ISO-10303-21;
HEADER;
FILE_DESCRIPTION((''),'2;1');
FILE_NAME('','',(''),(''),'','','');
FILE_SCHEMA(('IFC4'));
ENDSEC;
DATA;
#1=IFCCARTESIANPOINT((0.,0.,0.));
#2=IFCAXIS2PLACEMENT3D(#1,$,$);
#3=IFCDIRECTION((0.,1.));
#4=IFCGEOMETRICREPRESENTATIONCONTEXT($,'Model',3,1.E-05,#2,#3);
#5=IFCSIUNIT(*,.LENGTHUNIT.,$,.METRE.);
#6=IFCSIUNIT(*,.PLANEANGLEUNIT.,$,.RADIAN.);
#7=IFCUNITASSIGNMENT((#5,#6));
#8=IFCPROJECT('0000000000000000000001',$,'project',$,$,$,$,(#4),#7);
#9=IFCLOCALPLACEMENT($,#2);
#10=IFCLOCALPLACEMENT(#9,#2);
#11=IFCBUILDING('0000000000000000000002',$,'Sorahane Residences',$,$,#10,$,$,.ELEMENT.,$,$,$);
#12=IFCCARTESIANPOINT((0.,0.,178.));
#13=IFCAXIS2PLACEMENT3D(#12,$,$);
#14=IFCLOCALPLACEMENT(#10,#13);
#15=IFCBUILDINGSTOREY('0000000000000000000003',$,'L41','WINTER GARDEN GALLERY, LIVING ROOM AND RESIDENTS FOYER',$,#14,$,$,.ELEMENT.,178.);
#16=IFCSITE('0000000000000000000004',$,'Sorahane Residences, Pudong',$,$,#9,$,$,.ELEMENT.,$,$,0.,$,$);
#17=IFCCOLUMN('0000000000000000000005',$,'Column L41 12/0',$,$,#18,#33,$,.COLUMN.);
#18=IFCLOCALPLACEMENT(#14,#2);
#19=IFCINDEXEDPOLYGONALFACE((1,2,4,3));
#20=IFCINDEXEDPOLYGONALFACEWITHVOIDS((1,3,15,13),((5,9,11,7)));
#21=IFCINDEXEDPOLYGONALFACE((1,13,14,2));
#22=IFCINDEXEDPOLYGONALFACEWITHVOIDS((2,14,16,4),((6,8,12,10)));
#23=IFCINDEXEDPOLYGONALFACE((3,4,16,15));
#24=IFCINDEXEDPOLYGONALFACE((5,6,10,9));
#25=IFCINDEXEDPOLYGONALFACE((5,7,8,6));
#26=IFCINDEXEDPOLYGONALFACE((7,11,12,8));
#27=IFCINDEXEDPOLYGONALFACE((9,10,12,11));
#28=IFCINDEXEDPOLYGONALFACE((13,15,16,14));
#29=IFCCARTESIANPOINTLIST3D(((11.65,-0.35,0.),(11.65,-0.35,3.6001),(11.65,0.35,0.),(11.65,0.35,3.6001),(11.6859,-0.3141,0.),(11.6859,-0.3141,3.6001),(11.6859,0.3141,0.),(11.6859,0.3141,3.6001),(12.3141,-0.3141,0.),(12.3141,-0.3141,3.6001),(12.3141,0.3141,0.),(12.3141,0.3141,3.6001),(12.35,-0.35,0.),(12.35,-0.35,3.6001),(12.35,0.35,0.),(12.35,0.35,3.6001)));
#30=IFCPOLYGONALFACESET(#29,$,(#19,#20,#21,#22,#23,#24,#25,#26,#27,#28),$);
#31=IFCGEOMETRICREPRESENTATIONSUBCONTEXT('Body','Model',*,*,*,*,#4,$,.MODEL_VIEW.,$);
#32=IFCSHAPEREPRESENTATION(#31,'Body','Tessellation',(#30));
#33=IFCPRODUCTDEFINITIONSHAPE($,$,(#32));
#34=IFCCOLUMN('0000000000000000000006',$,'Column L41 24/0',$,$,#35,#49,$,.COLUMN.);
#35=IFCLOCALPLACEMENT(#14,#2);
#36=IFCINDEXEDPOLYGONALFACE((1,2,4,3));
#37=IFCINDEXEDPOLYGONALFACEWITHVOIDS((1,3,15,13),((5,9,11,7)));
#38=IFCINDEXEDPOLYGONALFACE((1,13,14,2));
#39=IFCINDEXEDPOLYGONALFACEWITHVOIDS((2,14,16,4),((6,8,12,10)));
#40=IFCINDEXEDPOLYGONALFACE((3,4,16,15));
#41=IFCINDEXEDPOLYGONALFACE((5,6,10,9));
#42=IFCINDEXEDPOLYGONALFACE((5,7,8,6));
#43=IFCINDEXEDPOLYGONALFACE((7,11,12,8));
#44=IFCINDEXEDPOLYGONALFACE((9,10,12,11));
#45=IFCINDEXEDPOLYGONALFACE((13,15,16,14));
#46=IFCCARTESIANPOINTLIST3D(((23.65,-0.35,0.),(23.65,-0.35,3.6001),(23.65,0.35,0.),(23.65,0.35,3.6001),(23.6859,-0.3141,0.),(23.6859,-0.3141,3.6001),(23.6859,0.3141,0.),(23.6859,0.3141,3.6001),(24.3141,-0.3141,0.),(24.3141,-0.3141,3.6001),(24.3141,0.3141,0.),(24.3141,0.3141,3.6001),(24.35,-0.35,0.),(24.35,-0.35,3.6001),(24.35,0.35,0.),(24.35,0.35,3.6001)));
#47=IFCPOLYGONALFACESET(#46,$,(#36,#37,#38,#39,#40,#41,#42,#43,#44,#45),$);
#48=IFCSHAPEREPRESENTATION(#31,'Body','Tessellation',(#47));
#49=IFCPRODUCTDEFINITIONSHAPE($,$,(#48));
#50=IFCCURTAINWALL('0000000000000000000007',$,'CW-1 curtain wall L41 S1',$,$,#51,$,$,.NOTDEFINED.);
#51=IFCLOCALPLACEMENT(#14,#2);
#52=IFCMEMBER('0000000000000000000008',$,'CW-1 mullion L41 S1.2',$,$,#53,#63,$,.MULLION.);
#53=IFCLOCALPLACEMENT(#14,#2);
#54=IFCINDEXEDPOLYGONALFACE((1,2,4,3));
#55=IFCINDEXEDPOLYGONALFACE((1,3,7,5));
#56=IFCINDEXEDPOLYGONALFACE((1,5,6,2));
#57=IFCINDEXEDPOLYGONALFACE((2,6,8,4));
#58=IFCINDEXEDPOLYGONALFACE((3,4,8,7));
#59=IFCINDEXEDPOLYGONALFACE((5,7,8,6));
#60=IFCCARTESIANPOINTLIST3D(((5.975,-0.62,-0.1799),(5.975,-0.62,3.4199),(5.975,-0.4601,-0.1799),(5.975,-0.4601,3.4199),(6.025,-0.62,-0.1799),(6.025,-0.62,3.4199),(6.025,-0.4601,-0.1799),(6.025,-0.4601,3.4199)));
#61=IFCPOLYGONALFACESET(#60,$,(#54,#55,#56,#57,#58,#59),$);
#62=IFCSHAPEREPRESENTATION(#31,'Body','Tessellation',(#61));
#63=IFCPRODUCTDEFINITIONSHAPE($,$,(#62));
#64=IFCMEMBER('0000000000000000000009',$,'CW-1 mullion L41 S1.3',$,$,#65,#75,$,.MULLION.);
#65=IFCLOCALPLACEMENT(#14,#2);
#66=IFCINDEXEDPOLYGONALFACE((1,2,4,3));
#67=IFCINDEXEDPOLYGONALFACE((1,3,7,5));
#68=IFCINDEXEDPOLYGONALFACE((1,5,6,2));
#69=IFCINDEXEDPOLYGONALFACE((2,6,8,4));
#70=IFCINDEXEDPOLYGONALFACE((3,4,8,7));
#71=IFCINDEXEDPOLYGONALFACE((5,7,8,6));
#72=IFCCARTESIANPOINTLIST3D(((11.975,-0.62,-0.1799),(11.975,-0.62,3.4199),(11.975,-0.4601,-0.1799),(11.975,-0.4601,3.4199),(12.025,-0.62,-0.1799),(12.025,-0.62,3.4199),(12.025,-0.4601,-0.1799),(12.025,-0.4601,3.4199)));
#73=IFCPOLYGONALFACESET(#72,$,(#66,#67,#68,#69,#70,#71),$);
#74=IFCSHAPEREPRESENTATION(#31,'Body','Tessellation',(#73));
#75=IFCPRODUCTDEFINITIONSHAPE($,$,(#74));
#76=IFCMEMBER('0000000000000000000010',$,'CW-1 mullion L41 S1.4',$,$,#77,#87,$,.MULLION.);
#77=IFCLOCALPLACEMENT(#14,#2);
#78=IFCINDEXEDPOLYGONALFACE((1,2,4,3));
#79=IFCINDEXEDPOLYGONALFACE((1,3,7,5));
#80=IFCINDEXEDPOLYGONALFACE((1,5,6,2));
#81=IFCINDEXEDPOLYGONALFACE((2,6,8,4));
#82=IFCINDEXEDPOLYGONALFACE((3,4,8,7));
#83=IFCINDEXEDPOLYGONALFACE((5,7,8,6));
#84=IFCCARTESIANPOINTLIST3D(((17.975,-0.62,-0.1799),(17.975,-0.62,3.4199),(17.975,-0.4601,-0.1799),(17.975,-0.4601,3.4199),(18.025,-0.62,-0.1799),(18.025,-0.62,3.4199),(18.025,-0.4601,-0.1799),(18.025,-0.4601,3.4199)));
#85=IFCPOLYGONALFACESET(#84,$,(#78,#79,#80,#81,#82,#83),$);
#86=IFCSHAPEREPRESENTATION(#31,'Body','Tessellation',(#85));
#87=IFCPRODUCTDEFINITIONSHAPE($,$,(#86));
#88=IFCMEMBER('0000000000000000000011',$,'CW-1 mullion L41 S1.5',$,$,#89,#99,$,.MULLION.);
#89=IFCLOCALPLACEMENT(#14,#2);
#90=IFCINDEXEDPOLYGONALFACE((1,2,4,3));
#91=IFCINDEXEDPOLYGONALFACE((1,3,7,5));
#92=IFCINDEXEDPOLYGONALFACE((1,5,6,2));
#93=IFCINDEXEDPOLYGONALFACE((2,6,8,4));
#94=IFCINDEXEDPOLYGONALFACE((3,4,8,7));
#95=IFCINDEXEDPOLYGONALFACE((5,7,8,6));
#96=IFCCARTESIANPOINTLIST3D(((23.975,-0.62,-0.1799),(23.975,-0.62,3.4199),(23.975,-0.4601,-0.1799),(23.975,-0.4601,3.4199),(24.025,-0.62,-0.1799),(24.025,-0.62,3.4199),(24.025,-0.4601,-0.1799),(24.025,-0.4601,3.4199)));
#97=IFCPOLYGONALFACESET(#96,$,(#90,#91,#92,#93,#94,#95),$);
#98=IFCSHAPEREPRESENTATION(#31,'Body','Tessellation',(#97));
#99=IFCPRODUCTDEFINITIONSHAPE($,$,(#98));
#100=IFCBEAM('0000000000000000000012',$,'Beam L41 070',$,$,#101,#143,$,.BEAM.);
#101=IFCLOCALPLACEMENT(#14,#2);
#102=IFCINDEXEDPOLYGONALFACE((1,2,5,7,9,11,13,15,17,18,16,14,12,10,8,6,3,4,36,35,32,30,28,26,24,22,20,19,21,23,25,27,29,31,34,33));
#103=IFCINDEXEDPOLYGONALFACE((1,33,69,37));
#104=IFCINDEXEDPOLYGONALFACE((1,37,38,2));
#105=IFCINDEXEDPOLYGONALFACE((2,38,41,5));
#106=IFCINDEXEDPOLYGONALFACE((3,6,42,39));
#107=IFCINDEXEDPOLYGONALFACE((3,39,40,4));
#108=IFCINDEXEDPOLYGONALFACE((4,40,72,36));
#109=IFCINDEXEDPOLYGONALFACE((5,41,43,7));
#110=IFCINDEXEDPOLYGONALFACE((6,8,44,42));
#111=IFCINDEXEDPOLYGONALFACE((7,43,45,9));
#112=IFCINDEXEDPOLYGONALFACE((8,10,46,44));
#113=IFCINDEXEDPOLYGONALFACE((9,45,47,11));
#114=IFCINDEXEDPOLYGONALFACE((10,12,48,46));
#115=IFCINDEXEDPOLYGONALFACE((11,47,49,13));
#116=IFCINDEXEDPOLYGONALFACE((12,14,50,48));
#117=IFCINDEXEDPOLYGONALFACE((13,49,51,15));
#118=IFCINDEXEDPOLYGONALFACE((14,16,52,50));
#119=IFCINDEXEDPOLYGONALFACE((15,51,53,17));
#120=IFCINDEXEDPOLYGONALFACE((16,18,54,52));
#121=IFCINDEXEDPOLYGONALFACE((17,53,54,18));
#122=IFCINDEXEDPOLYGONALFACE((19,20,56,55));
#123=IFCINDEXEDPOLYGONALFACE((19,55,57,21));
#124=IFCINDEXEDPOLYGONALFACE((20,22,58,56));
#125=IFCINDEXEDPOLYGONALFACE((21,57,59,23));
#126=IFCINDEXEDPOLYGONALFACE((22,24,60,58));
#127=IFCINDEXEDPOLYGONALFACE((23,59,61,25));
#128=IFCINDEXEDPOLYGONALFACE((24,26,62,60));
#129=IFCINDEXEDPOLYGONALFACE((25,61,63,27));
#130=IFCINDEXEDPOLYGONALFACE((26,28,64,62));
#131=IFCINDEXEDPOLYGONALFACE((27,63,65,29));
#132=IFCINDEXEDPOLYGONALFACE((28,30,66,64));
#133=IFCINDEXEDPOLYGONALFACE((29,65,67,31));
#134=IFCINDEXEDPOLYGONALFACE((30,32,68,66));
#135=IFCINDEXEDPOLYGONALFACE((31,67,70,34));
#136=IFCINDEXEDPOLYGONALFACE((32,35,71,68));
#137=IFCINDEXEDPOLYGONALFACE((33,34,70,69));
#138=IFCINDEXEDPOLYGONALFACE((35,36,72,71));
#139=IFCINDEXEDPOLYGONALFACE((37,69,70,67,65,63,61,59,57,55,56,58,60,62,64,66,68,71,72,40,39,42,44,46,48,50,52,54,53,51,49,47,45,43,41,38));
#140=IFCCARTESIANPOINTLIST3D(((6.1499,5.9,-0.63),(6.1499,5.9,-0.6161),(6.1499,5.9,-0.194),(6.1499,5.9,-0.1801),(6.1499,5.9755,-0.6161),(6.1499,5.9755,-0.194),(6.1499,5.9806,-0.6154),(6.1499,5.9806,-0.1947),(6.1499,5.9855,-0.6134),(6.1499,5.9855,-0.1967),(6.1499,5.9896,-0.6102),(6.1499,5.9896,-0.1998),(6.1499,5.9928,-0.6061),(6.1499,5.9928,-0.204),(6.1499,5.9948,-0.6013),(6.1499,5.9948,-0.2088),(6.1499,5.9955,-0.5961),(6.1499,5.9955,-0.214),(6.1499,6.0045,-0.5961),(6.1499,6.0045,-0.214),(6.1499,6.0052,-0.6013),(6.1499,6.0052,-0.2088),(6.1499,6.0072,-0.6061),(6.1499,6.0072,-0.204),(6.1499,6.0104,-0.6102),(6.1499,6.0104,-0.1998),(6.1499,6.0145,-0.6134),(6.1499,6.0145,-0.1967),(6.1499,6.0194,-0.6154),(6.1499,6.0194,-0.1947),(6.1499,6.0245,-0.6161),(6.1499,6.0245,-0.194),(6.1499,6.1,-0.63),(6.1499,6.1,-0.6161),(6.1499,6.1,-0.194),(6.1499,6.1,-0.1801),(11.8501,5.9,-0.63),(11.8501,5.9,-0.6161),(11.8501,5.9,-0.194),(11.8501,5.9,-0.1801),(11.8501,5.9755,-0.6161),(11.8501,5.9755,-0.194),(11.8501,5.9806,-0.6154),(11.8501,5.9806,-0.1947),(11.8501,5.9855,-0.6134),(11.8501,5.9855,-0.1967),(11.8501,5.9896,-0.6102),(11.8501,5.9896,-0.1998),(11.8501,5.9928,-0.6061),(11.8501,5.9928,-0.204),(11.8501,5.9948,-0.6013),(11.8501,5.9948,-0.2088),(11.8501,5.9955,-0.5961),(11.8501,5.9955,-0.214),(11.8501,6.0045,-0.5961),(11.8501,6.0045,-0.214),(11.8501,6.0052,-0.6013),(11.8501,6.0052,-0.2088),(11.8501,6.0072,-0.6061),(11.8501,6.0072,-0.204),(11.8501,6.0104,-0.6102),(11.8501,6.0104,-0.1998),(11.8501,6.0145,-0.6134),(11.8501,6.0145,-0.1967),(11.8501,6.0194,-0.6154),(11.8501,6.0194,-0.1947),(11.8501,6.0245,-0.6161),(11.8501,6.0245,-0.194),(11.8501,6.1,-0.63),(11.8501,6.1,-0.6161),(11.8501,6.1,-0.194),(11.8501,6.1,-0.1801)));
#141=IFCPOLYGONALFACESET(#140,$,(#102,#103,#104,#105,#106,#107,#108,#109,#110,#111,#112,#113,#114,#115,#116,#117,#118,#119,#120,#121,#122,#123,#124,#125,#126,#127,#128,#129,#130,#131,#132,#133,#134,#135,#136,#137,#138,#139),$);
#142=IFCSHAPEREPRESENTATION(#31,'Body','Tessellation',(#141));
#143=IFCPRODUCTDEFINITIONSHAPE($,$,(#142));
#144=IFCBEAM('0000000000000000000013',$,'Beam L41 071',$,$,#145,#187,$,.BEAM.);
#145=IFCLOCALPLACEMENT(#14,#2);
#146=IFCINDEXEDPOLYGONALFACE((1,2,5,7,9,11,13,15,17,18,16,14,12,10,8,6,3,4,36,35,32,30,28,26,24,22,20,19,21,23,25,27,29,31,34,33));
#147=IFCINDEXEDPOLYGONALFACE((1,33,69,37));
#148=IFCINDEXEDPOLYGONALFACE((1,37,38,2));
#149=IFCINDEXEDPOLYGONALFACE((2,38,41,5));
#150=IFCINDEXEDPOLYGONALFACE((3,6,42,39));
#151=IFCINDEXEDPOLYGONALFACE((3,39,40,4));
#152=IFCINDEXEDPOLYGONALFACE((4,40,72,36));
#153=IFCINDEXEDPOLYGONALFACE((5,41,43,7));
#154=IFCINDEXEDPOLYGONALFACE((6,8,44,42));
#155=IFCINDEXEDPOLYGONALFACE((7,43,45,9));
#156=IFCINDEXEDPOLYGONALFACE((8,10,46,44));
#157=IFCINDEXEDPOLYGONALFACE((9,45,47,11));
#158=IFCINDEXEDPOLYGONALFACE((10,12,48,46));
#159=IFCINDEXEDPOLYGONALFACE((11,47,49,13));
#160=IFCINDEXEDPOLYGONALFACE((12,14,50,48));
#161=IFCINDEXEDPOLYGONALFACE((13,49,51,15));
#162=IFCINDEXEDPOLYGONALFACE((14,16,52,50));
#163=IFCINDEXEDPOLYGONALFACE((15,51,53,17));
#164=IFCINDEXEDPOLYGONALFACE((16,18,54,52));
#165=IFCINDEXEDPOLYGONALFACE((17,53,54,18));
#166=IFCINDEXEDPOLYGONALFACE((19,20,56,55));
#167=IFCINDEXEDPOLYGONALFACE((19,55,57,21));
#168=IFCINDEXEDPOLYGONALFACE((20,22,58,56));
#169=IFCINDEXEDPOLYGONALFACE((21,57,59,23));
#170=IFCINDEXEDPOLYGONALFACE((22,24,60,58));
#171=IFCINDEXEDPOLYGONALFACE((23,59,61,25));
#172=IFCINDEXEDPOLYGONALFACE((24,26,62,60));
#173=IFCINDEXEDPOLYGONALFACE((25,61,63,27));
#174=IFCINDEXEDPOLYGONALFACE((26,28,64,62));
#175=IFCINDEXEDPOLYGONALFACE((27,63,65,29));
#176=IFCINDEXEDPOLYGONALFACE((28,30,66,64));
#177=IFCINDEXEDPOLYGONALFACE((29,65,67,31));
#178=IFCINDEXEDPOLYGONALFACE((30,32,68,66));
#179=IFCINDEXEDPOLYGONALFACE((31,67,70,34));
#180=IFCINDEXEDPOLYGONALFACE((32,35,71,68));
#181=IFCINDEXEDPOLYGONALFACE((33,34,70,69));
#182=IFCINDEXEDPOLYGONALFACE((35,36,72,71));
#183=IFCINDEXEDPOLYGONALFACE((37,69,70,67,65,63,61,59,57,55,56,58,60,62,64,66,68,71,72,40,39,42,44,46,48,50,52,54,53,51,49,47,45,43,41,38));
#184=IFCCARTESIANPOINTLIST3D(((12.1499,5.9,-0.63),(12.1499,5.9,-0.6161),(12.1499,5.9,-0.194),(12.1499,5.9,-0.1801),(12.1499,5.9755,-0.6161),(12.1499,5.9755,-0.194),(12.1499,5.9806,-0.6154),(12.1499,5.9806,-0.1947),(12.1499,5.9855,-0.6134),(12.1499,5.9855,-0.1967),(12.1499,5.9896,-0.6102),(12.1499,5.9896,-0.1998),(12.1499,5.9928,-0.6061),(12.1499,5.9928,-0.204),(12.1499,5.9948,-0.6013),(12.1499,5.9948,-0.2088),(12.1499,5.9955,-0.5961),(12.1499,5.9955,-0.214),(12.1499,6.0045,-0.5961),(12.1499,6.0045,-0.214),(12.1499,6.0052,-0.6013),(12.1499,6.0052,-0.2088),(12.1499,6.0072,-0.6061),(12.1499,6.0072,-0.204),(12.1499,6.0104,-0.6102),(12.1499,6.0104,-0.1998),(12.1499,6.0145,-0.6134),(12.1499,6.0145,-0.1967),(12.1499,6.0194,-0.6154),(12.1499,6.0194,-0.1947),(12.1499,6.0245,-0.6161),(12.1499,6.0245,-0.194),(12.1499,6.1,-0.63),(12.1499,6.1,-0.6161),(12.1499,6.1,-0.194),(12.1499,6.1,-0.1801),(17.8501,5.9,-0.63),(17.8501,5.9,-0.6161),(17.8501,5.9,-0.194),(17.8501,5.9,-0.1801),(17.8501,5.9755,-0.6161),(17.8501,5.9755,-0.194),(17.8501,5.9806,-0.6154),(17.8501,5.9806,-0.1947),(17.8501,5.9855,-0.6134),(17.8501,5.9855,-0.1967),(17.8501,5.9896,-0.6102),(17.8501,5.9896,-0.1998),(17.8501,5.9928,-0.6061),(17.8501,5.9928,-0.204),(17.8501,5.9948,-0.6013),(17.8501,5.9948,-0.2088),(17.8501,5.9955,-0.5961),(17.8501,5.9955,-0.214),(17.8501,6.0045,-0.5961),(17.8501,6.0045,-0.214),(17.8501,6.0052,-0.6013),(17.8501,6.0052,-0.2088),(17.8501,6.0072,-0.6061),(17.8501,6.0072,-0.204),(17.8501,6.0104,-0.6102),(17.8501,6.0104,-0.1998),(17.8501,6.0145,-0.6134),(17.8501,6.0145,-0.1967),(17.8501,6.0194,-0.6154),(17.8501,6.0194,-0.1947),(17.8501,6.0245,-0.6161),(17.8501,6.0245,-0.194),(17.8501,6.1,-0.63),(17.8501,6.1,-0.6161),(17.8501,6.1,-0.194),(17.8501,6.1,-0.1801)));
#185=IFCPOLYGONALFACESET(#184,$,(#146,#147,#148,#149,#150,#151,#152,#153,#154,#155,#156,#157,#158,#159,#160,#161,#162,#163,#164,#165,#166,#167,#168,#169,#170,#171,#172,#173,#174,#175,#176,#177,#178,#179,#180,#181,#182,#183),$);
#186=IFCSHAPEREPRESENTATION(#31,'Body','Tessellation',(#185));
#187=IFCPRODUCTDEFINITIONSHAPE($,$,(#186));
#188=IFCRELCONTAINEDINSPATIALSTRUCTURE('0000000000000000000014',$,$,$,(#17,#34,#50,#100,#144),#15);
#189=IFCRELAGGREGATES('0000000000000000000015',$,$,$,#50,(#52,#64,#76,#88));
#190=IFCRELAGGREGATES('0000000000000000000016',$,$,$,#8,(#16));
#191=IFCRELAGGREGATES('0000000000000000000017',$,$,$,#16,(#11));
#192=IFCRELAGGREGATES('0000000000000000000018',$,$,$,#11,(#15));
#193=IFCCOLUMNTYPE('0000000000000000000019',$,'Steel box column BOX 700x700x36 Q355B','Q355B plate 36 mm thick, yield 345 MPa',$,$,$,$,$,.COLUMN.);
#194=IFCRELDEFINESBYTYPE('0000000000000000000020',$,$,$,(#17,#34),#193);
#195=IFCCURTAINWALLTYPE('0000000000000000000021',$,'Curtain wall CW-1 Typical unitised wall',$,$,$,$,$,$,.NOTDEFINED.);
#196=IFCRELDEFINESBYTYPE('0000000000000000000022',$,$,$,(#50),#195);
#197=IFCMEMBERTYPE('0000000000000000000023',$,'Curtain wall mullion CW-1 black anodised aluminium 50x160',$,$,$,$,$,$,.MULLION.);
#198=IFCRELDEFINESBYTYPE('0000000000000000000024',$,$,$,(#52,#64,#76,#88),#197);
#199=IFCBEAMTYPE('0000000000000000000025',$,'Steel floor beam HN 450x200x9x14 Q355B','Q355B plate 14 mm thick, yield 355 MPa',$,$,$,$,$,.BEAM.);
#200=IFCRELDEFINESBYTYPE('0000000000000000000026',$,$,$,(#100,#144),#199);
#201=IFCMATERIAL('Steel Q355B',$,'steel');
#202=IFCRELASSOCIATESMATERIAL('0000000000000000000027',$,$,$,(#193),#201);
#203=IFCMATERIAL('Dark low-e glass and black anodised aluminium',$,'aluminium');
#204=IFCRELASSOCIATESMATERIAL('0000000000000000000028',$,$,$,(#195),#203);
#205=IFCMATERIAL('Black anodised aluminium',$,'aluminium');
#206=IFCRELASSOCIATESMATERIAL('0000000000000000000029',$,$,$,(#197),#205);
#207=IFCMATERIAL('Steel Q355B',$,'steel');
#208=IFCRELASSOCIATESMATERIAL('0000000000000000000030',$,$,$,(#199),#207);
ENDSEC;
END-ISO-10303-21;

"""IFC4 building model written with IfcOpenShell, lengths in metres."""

from ifc_helpers import new_model, si_unit, direction, frame, origin, origin_2d, place, context, subcontext, project, spatial, rectangle, hollow_rectangle, i_section, extrude, material, material_profile, profile_set, type_object, element, aggregate, save


model = new_model("IFC4")

# Units and contexts
model_context = context("Model", 3, precision=1e-05, world=origin(), true_north=direction((0.0, 1.0)))
body_context = subcontext(model_context, "Body", "Model", "MODEL_VIEW")
ifc_project = project(units=[si_unit("LENGTHUNIT", "METRE"), si_unit("PLANEANGLEUNIT", "RADIAN")], contexts=[model_context])

# Site, building, storey
site_placement = place(None, origin())
site = spatial("IfcSite", under=ifc_project, at=site_placement, Name="Sorahane Residences, Pudong", CompositionType="ELEMENT", RefElevation=0.0)
building_placement = place(site_placement, origin())
building = spatial("IfcBuilding", under=site, at=building_placement, Name="Sorahane Residences", CompositionType="ELEMENT")
storey_placement = place(building_placement, frame((0.0, 0.0, 178.0)))
storey = spatial("IfcBuildingStorey", under=building, at=storey_placement, Name="L41", Description="WINTER GARDEN GALLERY, LIVING ROOM AND RESIDENTS FOYER", CompositionType="ELEMENT", Elevation=178.0)

# Columns
ifc_material_1 = material(Name="Steel Q355B", Category="steel")
ifc_material_profile_1 = material_profile(ifc_material_1, hollow_rectangle(XDim=0.7, YDim=0.7, WallThickness=0.0359, at=origin_2d()), Name="BOX 700x700x36")
ifc_profile_set_1 = profile_set([ifc_material_profile_1], Name="Steel Q355B")
column_type = type_object("IfcColumnType", Name="Steel box column BOX 700x700x36 Q355B", Description="Q355B plate 36 mm thick, yield 345 MPa", PredefinedType="COLUMN", material=ifc_profile_set_1)
for number, where, z_axis, x_axis, name in (
    (1, (12.0, 0.0, 0.0), (0.0, 0.0, 1.0), (1.0, 0.0, 0.0), "Column L41 12/0"),
    (2, (24.0, 0.0, 0.0), (0.0, 0.0, 1.0), (1.0, 0.0, 0.0), "Column L41 24/0"),
):
    element("IfcColumn", number, at=place(storey_placement, frame(where, z_axis=z_axis, x_axis=x_axis)), inside=storey, type_object=column_type, Name=name, PredefinedType="COLUMN", context=body_context, shape_type="SweptSolid", body=[
        extrude(hollow_rectangle(XDim=0.7, YDim=0.7, WallThickness=0.0359, at=origin_2d()), origin(), (0.0, 0.0, 1.0), 3.6001),
    ])

# Curtain wall, members
ifc_material_2 = material(Name="Dark low-e glass and black anodised aluminium", Category="aluminium")
curtain_wall_type = type_object("IfcCurtainWallType", Name="Curtain wall CW-1 Typical unitised wall", PredefinedType="NOTDEFINED", material=ifc_material_2)
curtain_wall_placement = place(storey_placement, origin())
curtain_wall = element("IfcCurtainWall", 3, at=curtain_wall_placement, inside=storey, type_object=curtain_wall_type, Name="CW-1 curtain wall L41 S1", PredefinedType="NOTDEFINED")
ifc_material_3 = material(Name="Black anodised aluminium", Category="aluminium")
ifc_material_profile_2 = material_profile(ifc_material_3, rectangle(XDim=0.1599, YDim=0.05, at=origin_2d()), Name="Curtain wall mullion CW-1 black anodised aluminium 50x160")
ifc_profile_set_2 = profile_set([ifc_material_profile_2], Name="Black anodised aluminium")
member_type = type_object("IfcMemberType", Name="Curtain wall mullion CW-1 black anodised aluminium 50x160", PredefinedType="MULLION", material=ifc_profile_set_2)
member_1_placement = place(storey_placement, frame((6.0, -0.54, -0.1799), z_axis=(0.0, 0.0, 1.0), x_axis=(0.0, -1.0, 0.0)))
member_1 = element("IfcMember", 4, at=member_1_placement, type_object=member_type, Name="CW-1 mullion L41 S1.2", PredefinedType="MULLION", context=body_context, shape_type="SweptSolid", body=[
    extrude(rectangle(XDim=0.1599, YDim=0.05, at=origin_2d()), origin(), (0.0, 0.0, 1.0), 3.5999),
])
member_2_placement = place(storey_placement, frame((12.0, -0.54, -0.1799), z_axis=(0.0, 0.0, 1.0), x_axis=(0.0, -1.0, 0.0)))
member_2 = element("IfcMember", 5, at=member_2_placement, type_object=member_type, Name="CW-1 mullion L41 S1.3", PredefinedType="MULLION", context=body_context, shape_type="SweptSolid", body=[
    extrude(rectangle(XDim=0.1599, YDim=0.05, at=origin_2d()), origin(), (0.0, 0.0, 1.0), 3.5999),
])
member_3_placement = place(storey_placement, frame((18.0, -0.54, -0.1799), z_axis=(0.0, 0.0, 1.0), x_axis=(0.0, -1.0, 0.0)))
member_3 = element("IfcMember", 6, at=member_3_placement, type_object=member_type, Name="CW-1 mullion L41 S1.4", PredefinedType="MULLION", context=body_context, shape_type="SweptSolid", body=[
    extrude(rectangle(XDim=0.1599, YDim=0.05, at=origin_2d()), origin(), (0.0, 0.0, 1.0), 3.5999),
])
member_4_placement = place(storey_placement, frame((24.0, -0.54, -0.1799), z_axis=(0.0, 0.0, 1.0), x_axis=(0.0, -1.0, 0.0)))
member_4 = element("IfcMember", 7, at=member_4_placement, type_object=member_type, Name="CW-1 mullion L41 S1.5", PredefinedType="MULLION", context=body_context, shape_type="SweptSolid", body=[
    extrude(rectangle(XDim=0.1599, YDim=0.05, at=origin_2d()), origin(), (0.0, 0.0, 1.0), 3.5999),
])

# Beams
ifc_material_4 = material(Name="Steel Q355B", Category="steel")
ifc_material_profile_3 = material_profile(ifc_material_4, i_section(OverallWidth=0.2, OverallDepth=0.45, WebThickness=0.009, FlangeThickness=0.0139, FilletRadius=0.02, at=origin_2d()), Name="HN 450x200x9x14")
ifc_profile_set_3 = profile_set([ifc_material_profile_3], Name="Steel Q355B")
beam_type_1 = type_object("IfcBeamType", Name="Steel floor beam HN 450x200x9x14 Q355B", Description="Q355B plate 14 mm thick, yield 355 MPa", PredefinedType="BEAM", material=ifc_profile_set_3)
for number, where, z_axis, x_axis, name in (
    (8, (6.1499, 6.0, -0.405), (1.0, 0.0, 0.0), (0.0, 1.0, 0.0), "Beam L41 070"),
    (9, (12.1499, 6.0, -0.405), (1.0, 0.0, 0.0), (0.0, 1.0, 0.0), "Beam L41 071"),
):
    element("IfcBeam", number, at=place(storey_placement, frame(where, z_axis=z_axis, x_axis=x_axis)), inside=storey, type_object=beam_type_1, Name=name, PredefinedType="BEAM", context=body_context, shape_type="SweptSolid", body=[
        extrude(i_section(OverallWidth=0.2, OverallDepth=0.45, WebThickness=0.009, FlangeThickness=0.0139, FilletRadius=0.02, at=origin_2d()), origin(), (0.0, 0.0, 1.0), 5.7002),
    ])

aggregate(curtain_wall, [member_1, member_2, member_3, member_4])

save(model, "model.ifc")
